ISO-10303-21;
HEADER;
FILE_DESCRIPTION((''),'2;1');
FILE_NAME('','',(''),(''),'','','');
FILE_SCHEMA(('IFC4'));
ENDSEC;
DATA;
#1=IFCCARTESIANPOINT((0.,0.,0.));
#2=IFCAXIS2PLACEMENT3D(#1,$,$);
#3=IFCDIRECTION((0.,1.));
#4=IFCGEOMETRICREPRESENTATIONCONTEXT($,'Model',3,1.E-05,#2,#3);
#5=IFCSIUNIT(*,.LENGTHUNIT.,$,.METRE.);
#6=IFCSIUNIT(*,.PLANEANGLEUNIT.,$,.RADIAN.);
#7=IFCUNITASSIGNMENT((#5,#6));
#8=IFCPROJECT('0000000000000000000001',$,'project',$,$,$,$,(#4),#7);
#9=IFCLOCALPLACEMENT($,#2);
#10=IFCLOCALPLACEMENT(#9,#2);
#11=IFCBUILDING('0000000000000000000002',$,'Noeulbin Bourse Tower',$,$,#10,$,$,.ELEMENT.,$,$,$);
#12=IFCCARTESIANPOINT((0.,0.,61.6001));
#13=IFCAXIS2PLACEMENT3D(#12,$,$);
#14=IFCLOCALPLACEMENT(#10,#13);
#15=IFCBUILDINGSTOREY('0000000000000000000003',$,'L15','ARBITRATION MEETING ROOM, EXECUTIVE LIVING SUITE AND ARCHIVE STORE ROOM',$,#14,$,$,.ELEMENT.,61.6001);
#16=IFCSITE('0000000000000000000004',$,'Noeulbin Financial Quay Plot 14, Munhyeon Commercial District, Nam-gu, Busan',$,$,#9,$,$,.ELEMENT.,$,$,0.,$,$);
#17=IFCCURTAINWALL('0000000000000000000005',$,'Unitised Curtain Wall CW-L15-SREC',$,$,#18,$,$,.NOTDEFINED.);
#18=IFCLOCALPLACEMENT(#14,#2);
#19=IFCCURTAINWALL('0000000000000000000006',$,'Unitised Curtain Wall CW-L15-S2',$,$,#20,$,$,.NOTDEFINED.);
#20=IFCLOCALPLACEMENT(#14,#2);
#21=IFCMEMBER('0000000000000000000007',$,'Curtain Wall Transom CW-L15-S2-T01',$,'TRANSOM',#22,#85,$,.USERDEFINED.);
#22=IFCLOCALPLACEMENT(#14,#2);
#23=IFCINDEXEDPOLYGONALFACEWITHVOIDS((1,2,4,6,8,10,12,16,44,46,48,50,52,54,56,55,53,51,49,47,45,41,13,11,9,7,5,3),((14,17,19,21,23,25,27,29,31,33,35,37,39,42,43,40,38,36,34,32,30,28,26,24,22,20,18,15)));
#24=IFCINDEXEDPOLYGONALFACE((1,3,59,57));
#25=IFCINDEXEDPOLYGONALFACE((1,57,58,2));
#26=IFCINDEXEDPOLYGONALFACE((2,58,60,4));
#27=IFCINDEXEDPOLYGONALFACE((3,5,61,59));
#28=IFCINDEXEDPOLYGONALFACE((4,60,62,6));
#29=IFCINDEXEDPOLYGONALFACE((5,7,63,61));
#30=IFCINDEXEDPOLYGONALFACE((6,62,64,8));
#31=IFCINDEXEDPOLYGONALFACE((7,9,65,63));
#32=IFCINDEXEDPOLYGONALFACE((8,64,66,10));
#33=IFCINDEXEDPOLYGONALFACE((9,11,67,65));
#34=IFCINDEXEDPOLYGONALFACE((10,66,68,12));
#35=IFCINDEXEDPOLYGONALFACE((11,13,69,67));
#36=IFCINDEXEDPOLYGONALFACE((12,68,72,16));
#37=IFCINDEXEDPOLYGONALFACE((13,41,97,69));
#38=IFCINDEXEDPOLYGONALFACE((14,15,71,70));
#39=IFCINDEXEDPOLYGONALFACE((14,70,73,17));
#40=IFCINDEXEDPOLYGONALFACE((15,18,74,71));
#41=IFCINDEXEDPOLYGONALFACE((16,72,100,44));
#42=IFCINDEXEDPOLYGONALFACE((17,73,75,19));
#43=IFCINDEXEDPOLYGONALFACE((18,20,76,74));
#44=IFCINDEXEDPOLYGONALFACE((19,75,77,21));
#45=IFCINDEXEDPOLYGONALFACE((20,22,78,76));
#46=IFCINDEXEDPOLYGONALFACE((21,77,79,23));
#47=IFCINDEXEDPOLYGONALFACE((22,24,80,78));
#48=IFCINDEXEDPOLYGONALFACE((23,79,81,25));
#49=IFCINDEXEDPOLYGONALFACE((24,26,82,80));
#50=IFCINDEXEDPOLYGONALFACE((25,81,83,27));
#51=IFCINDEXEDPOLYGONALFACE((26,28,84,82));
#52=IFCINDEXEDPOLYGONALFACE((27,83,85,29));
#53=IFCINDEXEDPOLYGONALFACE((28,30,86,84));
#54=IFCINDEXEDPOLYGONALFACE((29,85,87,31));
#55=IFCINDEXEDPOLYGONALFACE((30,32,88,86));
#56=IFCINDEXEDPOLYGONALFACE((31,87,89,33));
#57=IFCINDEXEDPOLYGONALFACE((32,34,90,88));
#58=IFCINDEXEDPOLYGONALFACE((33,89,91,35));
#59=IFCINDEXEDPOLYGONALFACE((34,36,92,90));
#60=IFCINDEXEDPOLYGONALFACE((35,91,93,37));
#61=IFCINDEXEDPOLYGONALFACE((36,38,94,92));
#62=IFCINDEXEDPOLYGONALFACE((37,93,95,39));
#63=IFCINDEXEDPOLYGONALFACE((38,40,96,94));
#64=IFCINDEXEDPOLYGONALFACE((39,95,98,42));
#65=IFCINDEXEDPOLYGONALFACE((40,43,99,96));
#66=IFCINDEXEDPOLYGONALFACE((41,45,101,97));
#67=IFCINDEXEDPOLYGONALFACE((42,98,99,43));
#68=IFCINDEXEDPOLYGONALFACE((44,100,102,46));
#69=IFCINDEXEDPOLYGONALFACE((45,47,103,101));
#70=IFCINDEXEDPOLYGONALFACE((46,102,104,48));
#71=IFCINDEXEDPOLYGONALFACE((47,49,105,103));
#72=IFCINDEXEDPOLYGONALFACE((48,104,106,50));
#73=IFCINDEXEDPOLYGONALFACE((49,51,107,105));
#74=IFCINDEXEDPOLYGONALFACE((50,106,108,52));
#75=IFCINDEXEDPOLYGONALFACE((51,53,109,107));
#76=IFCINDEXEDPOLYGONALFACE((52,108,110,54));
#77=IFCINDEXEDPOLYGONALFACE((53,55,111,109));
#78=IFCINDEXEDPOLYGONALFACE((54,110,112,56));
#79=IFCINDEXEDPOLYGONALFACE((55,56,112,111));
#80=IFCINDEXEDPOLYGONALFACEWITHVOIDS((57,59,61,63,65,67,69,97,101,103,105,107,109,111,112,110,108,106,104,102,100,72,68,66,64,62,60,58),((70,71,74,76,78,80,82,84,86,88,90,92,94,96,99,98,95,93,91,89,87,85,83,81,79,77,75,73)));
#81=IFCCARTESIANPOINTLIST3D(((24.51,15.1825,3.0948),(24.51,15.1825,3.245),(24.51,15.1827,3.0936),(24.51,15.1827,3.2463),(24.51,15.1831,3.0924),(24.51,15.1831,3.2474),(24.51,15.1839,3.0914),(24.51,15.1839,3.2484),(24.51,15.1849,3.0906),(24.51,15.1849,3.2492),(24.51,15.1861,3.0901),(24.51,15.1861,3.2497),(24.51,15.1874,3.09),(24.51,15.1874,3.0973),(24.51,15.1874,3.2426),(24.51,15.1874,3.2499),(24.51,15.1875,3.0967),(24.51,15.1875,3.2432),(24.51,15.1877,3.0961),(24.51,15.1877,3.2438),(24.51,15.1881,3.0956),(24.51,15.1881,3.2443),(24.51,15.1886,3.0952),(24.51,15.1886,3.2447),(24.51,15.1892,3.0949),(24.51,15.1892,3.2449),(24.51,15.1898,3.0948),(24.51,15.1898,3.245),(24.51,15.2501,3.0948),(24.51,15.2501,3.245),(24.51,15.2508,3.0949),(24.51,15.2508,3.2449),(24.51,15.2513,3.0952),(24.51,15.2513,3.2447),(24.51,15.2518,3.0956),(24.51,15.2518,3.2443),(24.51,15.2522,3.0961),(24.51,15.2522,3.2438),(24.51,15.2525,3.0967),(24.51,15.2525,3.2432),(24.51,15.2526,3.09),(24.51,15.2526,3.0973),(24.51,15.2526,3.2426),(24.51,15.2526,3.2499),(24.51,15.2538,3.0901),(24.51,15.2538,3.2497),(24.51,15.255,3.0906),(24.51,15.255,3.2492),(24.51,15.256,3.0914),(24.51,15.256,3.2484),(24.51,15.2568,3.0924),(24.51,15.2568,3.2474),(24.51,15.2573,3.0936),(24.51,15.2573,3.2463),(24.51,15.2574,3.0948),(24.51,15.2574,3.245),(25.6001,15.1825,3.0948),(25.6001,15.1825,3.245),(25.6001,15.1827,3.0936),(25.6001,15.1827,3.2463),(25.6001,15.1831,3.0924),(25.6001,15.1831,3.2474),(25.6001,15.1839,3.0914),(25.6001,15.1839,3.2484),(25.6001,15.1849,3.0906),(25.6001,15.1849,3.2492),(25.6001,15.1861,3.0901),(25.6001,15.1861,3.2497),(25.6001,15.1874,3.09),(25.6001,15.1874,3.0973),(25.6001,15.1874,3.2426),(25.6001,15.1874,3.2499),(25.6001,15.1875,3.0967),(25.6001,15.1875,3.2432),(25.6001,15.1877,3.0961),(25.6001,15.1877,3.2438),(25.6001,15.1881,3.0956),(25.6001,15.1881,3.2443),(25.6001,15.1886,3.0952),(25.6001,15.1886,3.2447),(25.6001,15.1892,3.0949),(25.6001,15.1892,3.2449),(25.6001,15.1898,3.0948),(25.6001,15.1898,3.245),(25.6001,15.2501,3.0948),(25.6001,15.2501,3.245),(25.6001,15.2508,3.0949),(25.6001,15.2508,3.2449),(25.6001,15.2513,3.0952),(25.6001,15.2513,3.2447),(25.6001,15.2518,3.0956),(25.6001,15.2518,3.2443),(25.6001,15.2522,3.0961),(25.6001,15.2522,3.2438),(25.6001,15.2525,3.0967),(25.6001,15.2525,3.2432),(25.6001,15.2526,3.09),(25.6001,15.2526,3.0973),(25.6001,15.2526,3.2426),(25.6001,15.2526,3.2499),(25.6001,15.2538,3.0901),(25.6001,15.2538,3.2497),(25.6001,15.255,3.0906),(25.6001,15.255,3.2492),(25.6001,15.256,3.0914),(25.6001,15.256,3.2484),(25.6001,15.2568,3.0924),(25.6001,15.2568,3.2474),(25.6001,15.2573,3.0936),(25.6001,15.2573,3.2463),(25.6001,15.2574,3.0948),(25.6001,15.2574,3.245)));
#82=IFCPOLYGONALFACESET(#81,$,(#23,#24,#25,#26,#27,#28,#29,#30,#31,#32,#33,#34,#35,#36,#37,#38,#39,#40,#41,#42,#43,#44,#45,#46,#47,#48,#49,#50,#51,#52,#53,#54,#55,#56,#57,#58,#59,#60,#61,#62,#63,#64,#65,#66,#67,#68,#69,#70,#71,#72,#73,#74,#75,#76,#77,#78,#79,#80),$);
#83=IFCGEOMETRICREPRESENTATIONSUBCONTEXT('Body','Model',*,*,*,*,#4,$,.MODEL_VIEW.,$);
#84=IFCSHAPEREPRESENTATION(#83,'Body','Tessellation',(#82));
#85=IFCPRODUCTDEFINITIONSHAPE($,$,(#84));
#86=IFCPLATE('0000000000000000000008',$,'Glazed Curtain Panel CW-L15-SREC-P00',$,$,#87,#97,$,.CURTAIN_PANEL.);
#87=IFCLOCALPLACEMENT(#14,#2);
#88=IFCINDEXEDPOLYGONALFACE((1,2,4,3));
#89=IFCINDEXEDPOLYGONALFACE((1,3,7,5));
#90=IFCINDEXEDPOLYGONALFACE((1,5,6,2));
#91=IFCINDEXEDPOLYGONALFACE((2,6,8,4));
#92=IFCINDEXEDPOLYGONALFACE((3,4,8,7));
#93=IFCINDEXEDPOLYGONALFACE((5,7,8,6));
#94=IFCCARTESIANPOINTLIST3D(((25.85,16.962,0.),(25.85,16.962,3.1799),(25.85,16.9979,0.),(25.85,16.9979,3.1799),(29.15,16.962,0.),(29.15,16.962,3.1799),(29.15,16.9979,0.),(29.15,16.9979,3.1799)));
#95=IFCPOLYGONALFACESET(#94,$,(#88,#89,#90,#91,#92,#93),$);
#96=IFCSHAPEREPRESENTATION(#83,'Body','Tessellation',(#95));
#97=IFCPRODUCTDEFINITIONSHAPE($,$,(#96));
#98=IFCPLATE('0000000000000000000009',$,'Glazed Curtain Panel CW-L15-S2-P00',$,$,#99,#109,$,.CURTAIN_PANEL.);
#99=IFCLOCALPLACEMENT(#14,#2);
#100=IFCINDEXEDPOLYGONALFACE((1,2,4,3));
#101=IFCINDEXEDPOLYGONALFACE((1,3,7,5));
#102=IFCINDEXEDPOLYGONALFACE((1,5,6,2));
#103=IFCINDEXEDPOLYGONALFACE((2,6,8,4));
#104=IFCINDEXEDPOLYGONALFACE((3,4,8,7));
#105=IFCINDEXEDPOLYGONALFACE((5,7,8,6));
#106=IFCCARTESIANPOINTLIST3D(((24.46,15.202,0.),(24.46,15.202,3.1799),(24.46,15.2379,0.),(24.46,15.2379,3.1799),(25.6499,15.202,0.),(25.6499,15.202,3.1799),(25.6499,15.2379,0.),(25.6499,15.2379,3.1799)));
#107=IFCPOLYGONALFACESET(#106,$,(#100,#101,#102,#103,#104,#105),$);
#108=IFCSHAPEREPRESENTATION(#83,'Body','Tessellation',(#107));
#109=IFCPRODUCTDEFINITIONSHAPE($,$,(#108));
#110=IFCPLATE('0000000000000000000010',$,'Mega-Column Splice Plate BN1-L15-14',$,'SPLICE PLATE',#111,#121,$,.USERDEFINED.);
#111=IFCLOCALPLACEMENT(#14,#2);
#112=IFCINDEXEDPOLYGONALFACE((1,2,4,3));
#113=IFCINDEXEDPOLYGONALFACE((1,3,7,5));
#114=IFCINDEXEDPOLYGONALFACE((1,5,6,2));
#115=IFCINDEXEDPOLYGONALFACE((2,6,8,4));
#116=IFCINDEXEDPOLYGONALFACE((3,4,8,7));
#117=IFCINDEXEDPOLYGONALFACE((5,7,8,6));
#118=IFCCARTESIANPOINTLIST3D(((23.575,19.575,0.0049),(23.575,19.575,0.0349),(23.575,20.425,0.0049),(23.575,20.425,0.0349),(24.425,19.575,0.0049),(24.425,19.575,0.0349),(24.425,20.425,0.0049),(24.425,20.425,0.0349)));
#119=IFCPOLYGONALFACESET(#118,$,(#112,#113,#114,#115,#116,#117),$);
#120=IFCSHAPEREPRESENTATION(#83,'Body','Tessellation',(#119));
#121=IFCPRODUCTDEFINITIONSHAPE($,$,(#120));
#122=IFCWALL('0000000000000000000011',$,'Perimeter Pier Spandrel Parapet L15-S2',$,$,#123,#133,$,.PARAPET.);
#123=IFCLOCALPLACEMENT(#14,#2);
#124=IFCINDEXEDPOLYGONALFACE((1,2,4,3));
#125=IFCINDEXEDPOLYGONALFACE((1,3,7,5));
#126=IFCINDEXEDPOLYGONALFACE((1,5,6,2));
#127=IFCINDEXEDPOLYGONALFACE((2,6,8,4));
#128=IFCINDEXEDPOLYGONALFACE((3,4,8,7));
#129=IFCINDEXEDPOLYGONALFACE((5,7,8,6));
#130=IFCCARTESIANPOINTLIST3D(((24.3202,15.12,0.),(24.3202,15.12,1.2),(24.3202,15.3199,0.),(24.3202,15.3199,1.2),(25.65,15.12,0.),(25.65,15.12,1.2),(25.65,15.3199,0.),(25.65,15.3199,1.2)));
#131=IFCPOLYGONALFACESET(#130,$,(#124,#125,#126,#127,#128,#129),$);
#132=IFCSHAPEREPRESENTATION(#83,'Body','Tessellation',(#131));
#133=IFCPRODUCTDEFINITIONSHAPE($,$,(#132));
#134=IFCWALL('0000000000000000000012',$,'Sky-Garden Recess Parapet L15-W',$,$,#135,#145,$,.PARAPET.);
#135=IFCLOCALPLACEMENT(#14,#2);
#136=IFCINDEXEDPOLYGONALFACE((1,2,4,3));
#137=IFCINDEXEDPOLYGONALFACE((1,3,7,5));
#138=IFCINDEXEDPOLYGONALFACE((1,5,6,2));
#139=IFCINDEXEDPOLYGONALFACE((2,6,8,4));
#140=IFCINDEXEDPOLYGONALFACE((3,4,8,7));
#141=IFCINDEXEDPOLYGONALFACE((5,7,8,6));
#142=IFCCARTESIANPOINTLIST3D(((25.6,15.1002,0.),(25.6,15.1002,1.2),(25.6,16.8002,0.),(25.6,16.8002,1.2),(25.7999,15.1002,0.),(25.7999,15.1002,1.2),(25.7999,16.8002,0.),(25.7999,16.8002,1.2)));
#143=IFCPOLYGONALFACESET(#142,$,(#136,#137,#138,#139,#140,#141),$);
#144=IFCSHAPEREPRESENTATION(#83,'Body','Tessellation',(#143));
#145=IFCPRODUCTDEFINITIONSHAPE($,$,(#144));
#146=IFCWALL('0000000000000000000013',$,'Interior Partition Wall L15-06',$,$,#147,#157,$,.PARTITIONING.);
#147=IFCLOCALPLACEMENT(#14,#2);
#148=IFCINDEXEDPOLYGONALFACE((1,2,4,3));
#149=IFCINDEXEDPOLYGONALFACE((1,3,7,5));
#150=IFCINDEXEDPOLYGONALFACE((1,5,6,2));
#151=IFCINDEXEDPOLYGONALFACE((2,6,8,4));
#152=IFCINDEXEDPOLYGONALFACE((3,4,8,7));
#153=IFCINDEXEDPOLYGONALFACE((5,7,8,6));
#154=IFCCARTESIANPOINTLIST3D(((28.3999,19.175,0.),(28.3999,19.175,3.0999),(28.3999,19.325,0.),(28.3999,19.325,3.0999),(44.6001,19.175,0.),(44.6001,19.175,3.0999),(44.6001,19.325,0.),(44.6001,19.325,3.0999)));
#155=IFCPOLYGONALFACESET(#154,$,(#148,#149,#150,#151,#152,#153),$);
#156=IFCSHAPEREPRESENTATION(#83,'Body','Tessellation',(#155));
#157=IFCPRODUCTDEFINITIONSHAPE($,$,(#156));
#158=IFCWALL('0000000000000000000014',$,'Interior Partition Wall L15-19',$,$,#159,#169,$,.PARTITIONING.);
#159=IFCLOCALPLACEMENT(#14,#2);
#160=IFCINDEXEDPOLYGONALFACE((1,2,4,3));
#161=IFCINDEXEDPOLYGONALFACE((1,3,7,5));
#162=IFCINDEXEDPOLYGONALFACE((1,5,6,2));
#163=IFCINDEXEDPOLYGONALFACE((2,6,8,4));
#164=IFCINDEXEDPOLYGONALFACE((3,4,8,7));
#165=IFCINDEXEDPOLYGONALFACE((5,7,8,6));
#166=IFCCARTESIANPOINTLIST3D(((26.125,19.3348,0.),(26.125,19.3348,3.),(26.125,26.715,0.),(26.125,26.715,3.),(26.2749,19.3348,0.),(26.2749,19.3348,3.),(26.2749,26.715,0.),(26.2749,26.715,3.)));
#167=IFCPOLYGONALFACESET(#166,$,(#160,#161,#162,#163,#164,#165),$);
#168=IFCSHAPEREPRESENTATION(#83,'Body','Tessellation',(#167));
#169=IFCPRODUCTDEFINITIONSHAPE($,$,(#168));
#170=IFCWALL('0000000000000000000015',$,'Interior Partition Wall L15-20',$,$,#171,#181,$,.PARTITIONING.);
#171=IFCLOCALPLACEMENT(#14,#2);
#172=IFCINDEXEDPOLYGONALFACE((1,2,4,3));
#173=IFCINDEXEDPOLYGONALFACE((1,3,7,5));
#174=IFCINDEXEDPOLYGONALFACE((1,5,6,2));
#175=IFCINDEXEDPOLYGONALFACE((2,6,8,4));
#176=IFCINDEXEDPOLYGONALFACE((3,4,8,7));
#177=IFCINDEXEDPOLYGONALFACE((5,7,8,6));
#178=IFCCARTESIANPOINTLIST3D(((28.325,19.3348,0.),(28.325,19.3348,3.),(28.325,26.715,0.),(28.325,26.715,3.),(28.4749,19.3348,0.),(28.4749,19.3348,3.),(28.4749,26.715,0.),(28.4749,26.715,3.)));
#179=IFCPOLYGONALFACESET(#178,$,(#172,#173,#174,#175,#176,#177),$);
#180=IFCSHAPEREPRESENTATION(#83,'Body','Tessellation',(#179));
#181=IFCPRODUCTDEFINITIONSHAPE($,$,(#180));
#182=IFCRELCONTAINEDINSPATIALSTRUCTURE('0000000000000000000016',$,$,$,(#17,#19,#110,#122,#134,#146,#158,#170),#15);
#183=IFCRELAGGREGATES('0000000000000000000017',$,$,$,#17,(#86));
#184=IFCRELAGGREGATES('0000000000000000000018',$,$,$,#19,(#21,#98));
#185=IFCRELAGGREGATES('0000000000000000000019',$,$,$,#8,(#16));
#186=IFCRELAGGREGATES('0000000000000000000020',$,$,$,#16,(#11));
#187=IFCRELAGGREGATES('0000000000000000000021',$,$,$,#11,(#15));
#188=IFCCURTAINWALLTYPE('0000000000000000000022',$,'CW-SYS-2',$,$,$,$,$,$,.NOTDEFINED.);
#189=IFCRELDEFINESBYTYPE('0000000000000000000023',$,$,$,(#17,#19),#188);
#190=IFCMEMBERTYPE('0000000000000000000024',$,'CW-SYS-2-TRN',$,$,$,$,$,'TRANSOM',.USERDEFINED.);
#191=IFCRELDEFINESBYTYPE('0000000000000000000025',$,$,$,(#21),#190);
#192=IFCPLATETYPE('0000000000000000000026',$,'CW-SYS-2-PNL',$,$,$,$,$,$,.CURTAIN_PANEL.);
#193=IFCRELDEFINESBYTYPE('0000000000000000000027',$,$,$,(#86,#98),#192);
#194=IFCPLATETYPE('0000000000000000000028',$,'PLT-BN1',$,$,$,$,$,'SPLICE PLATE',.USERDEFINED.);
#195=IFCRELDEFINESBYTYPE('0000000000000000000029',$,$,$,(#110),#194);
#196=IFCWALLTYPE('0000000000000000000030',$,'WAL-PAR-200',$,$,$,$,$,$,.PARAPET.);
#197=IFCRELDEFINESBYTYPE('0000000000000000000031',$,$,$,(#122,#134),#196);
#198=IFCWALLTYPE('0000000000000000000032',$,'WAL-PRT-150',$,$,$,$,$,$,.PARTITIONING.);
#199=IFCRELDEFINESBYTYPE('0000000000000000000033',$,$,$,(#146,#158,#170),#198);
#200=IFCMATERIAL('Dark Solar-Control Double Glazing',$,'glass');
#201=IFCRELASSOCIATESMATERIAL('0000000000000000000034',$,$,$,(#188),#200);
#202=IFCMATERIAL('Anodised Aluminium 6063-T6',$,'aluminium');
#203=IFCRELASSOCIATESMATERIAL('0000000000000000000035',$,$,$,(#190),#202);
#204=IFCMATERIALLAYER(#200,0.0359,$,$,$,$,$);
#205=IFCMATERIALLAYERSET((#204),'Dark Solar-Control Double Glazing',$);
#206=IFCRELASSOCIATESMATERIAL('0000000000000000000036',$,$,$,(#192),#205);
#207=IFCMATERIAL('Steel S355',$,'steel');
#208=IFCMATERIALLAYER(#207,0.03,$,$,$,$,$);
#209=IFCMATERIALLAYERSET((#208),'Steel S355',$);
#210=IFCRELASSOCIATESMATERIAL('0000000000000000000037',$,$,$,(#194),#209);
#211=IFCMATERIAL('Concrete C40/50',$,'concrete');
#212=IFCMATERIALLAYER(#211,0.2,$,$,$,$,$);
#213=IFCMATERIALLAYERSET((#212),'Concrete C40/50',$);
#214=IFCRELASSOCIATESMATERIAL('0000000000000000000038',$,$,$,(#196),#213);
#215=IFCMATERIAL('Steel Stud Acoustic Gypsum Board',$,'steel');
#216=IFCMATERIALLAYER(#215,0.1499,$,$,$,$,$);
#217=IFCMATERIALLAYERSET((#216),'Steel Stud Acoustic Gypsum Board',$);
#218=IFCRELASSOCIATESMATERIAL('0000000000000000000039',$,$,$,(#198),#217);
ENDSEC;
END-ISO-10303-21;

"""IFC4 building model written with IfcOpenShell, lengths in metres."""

from ifc_helpers import new_model, si_unit, direction, frame, frame_2d, origin, origin_2d, place, context, subcontext, project, spatial, rectangle, hollow_rectangle, extrude, material, layer, layer_set, material_profile, profile_set, type_object, element, aggregate, save


model = new_model("IFC4")

# Units and contexts
model_context = context("Model", 3, precision=1e-05, world=origin(), true_north=direction((0.0, 1.0)))
body_context = subcontext(model_context, "Body", "Model", "MODEL_VIEW")
ifc_project = project(units=[si_unit("LENGTHUNIT", "METRE"), si_unit("PLANEANGLEUNIT", "RADIAN")], contexts=[model_context])

# Site, building, storey
site_placement = place(None, origin())
site = spatial("IfcSite", under=ifc_project, at=site_placement, Name="Noeulbin Financial Quay Plot 14, Munhyeon Commercial District, Nam-gu, Busan", CompositionType="ELEMENT", RefElevation=0.0)
building_placement = place(site_placement, origin())
building = spatial("IfcBuilding", under=site, at=building_placement, Name="Noeulbin Bourse Tower", CompositionType="ELEMENT")
storey_placement = place(building_placement, frame((0.0, 0.0, 61.6001)))
storey = spatial("IfcBuildingStorey", under=building, at=storey_placement, Name="L15", Description="ARBITRATION MEETING ROOM, EXECUTIVE LIVING SUITE AND ARCHIVE STORE ROOM", CompositionType="ELEMENT", Elevation=61.6001)

# Shared definitions
ifc_material_1 = material(Name="Steel S355", Category="steel")

# Curtain wall
ifc_material_2 = material(Name="Dark Solar-Control Double Glazing", Category="glass")
curtain_wall_type = type_object("IfcCurtainWallType", Name="CW-SYS-2", PredefinedType="NOTDEFINED", material=ifc_material_2)
curtain_wall_1_placement = place(storey_placement, origin())
curtain_wall_1 = element("IfcCurtainWall", 1, at=curtain_wall_1_placement, inside=storey, type_object=curtain_wall_type, Name="Unitised Curtain Wall CW-L15-SREC", PredefinedType="NOTDEFINED")
ifc_material_3 = material(Name="Anodised Aluminium 6063-T6", Category="aluminium")

# Curtain wall
curtain_wall_2_placement = place(storey_placement, origin())
curtain_wall_2 = element("IfcCurtainWall", 2, at=curtain_wall_2_placement, inside=storey, type_object=curtain_wall_type, Name="Unitised Curtain Wall CW-L15-S2", PredefinedType="NOTDEFINED")

# Member
ifc_material_profile_1 = material_profile(ifc_material_3, hollow_rectangle(XDim=0.075, YDim=0.1599, WallThickness=0.0049, InnerFilletRadius=0.0024, OuterFilletRadius=0.0049, at=origin_2d()), Name="ALU-TRAN-75x160x5", Category="LoadBearing")
ifc_profile_set_1 = profile_set([ifc_material_profile_1], Name="Anodised Aluminium 6063-T6")
member_type_1 = type_object("IfcMemberType", Name="CW-SYS-2-TRN", ElementType="TRANSOM", PredefinedType="USERDEFINED", material=ifc_profile_set_1)
member_1_placement = place(storey_placement, frame((24.51, 15.22, 3.1699), z_axis=(1.0, 0.0, 0.0), x_axis=(0.0, 1.0, 0.0)))
member_1 = element("IfcMember", 3, at=member_1_placement, type_object=member_type_1, Name="Curtain Wall Transom CW-L15-S2-T01", ObjectType="TRANSOM", PredefinedType="USERDEFINED", context=body_context, shape_type="SweptSolid", body=[
    extrude(hollow_rectangle(XDim=0.075, YDim=0.1599, WallThickness=0.0049, InnerFilletRadius=0.0024, OuterFilletRadius=0.0049, at=origin_2d()), origin(), (0.0, 0.0, 1.0), 1.0901),
])

# Plates
ifc_layer_1 = layer(ifc_material_2, 0.0359)
ifc_layer_set_1 = layer_set([ifc_layer_1], Name="Dark Solar-Control Double Glazing")
plate_type_1 = type_object("IfcPlateType", Name="CW-SYS-2-PNL", PredefinedType="CURTAIN_PANEL", material=ifc_layer_set_1)
plate_1_placement = place(storey_placement, frame((27.5, 16.98, 0.0), z_axis=(0.0, 0.0, 1.0), x_axis=(1.0, 0.0, 0.0)))
plate_1 = element("IfcPlate", 4, at=plate_1_placement, type_object=plate_type_1, Name="Glazed Curtain Panel CW-L15-SREC-P00", PredefinedType="CURTAIN_PANEL", context=body_context, shape_type="SweptSolid", body=[
    extrude(rectangle(XDim=3.3, YDim=0.0359, at=origin_2d()), origin(), (0.0, 0.0, 1.0), 3.1799),
])
aggregate(curtain_wall_1, [plate_1])
plate_2_placement = place(storey_placement, frame((25.0549, 15.22, 0.0), z_axis=(0.0, 0.0, 1.0), x_axis=(1.0, 0.0, 0.0)))
plate_2 = element("IfcPlate", 5, at=plate_2_placement, type_object=plate_type_1, Name="Glazed Curtain Panel CW-L15-S2-P00", PredefinedType="CURTAIN_PANEL", context=body_context, shape_type="SweptSolid", body=[
    extrude(rectangle(XDim=1.1899, YDim=0.0359, at=origin_2d()), origin(), (0.0, 0.0, 1.0), 3.1799),
])
aggregate(curtain_wall_2, [member_1, plate_2])
ifc_layer_2 = layer(ifc_material_1, 0.03)
ifc_layer_set_2 = layer_set([ifc_layer_2], Name="Steel S355")
plate_type_2 = type_object("IfcPlateType", Name="PLT-BN1", ElementType="SPLICE PLATE", PredefinedType="USERDEFINED", material=ifc_layer_set_2)
plate_3_placement = place(storey_placement, frame((24.0, 20.0, 0.0049), z_axis=(0.0, 0.0, 1.0), x_axis=(1.0, 0.0, 0.0)))
element("IfcPlate", 6, at=plate_3_placement, inside=storey, type_object=plate_type_2, Name="Mega-Column Splice Plate BN1-L15-14", ObjectType="SPLICE PLATE", PredefinedType="USERDEFINED", context=body_context, shape_type="SweptSolid", body=[
    extrude(rectangle(XDim=0.8501, YDim=0.8501, at=origin_2d()), origin(), (0.0, 0.0, 1.0), 0.03),
])

# Walls
ifc_material_4 = material(Name="Concrete C40/50", Category="concrete")
ifc_layer_3 = layer(ifc_material_4, 0.2)
ifc_layer_set_3 = layer_set([ifc_layer_3], Name="Concrete C40/50")
wall_type_1 = type_object("IfcWallType", Name="WAL-PAR-200", PredefinedType="PARAPET", material=ifc_layer_set_3)
wall_1_placement = place(storey_placement, frame((24.3201, 15.22, 0.0), z_axis=(0.0, 0.0, 1.0), x_axis=(1.0, 0.0, 0.0)))
element("IfcWall", 7, at=wall_1_placement, inside=storey, type_object=wall_type_1, Name="Perimeter Pier Spandrel Parapet L15-S2", PredefinedType="PARAPET", context=body_context, shape_type="SweptSolid", body=[
    extrude(rectangle(XDim=1.3298, YDim=0.2, at=frame_2d((0.665, 0.0))), origin(), (0.0, 0.0, 1.0), 1.2),
])
wall_2_placement = place(storey_placement, frame((25.7, 15.1001, 0.0), z_axis=(0.0, 0.0, 1.0), x_axis=(0.0, 1.0, 0.0)))
element("IfcWall", 8, at=wall_2_placement, inside=storey, type_object=wall_type_1, Name="Sky-Garden Recess Parapet L15-W", PredefinedType="PARAPET", context=body_context, shape_type="SweptSolid", body=[
    extrude(rectangle(XDim=1.7, YDim=0.2, at=frame_2d((0.8501, 0.0))), origin(), (0.0, 0.0, 1.0), 1.2),
])
ifc_material_5 = material(Name="Steel Stud Acoustic Gypsum Board", Category="steel")
ifc_layer_4 = layer(ifc_material_5, 0.1499)
ifc_layer_set_4 = layer_set([ifc_layer_4], Name="Steel Stud Acoustic Gypsum Board")
wall_type_2 = type_object("IfcWallType", Name="WAL-PRT-150", PredefinedType="PARTITIONING", material=ifc_layer_set_4)
wall_3_placement = place(storey_placement, frame((28.3999, 19.25, 0.0), z_axis=(0.0, 0.0, 1.0), x_axis=(1.0, 0.0, 0.0)))
element("IfcWall", 9, at=wall_3_placement, inside=storey, type_object=wall_type_2, Name="Interior Partition Wall L15-06", PredefinedType="PARTITIONING", context=body_context, shape_type="SweptSolid", body=[
    extrude(rectangle(XDim=16.2002, YDim=0.1499, at=frame_2d((8.1001, 0.0))), origin(), (0.0, 0.0, 1.0), 3.0999),
])
for number, where, z_axis, x_axis, name in (
    (10, (26.2, 19.335, 0.0), (0.0, 0.0, 1.0), (0.0, 1.0, 0.0), "Interior Partition Wall L15-19"),
    (11, (28.3999, 19.335, 0.0), (0.0, 0.0, 1.0), (0.0, 1.0, 0.0), "Interior Partition Wall L15-20"),
):
    element("IfcWall", number, at=place(storey_placement, frame(where, z_axis=z_axis, x_axis=x_axis)), inside=storey, type_object=wall_type_2, Name=name, PredefinedType="PARTITIONING", context=body_context, shape_type="SweptSolid", body=[
        extrude(rectangle(XDim=7.3801, YDim=0.1499, at=frame_2d((3.6899, 0.0))), origin(), (0.0, 0.0, 1.0), 3.0),
    ])

save(model, "model.ifc")
